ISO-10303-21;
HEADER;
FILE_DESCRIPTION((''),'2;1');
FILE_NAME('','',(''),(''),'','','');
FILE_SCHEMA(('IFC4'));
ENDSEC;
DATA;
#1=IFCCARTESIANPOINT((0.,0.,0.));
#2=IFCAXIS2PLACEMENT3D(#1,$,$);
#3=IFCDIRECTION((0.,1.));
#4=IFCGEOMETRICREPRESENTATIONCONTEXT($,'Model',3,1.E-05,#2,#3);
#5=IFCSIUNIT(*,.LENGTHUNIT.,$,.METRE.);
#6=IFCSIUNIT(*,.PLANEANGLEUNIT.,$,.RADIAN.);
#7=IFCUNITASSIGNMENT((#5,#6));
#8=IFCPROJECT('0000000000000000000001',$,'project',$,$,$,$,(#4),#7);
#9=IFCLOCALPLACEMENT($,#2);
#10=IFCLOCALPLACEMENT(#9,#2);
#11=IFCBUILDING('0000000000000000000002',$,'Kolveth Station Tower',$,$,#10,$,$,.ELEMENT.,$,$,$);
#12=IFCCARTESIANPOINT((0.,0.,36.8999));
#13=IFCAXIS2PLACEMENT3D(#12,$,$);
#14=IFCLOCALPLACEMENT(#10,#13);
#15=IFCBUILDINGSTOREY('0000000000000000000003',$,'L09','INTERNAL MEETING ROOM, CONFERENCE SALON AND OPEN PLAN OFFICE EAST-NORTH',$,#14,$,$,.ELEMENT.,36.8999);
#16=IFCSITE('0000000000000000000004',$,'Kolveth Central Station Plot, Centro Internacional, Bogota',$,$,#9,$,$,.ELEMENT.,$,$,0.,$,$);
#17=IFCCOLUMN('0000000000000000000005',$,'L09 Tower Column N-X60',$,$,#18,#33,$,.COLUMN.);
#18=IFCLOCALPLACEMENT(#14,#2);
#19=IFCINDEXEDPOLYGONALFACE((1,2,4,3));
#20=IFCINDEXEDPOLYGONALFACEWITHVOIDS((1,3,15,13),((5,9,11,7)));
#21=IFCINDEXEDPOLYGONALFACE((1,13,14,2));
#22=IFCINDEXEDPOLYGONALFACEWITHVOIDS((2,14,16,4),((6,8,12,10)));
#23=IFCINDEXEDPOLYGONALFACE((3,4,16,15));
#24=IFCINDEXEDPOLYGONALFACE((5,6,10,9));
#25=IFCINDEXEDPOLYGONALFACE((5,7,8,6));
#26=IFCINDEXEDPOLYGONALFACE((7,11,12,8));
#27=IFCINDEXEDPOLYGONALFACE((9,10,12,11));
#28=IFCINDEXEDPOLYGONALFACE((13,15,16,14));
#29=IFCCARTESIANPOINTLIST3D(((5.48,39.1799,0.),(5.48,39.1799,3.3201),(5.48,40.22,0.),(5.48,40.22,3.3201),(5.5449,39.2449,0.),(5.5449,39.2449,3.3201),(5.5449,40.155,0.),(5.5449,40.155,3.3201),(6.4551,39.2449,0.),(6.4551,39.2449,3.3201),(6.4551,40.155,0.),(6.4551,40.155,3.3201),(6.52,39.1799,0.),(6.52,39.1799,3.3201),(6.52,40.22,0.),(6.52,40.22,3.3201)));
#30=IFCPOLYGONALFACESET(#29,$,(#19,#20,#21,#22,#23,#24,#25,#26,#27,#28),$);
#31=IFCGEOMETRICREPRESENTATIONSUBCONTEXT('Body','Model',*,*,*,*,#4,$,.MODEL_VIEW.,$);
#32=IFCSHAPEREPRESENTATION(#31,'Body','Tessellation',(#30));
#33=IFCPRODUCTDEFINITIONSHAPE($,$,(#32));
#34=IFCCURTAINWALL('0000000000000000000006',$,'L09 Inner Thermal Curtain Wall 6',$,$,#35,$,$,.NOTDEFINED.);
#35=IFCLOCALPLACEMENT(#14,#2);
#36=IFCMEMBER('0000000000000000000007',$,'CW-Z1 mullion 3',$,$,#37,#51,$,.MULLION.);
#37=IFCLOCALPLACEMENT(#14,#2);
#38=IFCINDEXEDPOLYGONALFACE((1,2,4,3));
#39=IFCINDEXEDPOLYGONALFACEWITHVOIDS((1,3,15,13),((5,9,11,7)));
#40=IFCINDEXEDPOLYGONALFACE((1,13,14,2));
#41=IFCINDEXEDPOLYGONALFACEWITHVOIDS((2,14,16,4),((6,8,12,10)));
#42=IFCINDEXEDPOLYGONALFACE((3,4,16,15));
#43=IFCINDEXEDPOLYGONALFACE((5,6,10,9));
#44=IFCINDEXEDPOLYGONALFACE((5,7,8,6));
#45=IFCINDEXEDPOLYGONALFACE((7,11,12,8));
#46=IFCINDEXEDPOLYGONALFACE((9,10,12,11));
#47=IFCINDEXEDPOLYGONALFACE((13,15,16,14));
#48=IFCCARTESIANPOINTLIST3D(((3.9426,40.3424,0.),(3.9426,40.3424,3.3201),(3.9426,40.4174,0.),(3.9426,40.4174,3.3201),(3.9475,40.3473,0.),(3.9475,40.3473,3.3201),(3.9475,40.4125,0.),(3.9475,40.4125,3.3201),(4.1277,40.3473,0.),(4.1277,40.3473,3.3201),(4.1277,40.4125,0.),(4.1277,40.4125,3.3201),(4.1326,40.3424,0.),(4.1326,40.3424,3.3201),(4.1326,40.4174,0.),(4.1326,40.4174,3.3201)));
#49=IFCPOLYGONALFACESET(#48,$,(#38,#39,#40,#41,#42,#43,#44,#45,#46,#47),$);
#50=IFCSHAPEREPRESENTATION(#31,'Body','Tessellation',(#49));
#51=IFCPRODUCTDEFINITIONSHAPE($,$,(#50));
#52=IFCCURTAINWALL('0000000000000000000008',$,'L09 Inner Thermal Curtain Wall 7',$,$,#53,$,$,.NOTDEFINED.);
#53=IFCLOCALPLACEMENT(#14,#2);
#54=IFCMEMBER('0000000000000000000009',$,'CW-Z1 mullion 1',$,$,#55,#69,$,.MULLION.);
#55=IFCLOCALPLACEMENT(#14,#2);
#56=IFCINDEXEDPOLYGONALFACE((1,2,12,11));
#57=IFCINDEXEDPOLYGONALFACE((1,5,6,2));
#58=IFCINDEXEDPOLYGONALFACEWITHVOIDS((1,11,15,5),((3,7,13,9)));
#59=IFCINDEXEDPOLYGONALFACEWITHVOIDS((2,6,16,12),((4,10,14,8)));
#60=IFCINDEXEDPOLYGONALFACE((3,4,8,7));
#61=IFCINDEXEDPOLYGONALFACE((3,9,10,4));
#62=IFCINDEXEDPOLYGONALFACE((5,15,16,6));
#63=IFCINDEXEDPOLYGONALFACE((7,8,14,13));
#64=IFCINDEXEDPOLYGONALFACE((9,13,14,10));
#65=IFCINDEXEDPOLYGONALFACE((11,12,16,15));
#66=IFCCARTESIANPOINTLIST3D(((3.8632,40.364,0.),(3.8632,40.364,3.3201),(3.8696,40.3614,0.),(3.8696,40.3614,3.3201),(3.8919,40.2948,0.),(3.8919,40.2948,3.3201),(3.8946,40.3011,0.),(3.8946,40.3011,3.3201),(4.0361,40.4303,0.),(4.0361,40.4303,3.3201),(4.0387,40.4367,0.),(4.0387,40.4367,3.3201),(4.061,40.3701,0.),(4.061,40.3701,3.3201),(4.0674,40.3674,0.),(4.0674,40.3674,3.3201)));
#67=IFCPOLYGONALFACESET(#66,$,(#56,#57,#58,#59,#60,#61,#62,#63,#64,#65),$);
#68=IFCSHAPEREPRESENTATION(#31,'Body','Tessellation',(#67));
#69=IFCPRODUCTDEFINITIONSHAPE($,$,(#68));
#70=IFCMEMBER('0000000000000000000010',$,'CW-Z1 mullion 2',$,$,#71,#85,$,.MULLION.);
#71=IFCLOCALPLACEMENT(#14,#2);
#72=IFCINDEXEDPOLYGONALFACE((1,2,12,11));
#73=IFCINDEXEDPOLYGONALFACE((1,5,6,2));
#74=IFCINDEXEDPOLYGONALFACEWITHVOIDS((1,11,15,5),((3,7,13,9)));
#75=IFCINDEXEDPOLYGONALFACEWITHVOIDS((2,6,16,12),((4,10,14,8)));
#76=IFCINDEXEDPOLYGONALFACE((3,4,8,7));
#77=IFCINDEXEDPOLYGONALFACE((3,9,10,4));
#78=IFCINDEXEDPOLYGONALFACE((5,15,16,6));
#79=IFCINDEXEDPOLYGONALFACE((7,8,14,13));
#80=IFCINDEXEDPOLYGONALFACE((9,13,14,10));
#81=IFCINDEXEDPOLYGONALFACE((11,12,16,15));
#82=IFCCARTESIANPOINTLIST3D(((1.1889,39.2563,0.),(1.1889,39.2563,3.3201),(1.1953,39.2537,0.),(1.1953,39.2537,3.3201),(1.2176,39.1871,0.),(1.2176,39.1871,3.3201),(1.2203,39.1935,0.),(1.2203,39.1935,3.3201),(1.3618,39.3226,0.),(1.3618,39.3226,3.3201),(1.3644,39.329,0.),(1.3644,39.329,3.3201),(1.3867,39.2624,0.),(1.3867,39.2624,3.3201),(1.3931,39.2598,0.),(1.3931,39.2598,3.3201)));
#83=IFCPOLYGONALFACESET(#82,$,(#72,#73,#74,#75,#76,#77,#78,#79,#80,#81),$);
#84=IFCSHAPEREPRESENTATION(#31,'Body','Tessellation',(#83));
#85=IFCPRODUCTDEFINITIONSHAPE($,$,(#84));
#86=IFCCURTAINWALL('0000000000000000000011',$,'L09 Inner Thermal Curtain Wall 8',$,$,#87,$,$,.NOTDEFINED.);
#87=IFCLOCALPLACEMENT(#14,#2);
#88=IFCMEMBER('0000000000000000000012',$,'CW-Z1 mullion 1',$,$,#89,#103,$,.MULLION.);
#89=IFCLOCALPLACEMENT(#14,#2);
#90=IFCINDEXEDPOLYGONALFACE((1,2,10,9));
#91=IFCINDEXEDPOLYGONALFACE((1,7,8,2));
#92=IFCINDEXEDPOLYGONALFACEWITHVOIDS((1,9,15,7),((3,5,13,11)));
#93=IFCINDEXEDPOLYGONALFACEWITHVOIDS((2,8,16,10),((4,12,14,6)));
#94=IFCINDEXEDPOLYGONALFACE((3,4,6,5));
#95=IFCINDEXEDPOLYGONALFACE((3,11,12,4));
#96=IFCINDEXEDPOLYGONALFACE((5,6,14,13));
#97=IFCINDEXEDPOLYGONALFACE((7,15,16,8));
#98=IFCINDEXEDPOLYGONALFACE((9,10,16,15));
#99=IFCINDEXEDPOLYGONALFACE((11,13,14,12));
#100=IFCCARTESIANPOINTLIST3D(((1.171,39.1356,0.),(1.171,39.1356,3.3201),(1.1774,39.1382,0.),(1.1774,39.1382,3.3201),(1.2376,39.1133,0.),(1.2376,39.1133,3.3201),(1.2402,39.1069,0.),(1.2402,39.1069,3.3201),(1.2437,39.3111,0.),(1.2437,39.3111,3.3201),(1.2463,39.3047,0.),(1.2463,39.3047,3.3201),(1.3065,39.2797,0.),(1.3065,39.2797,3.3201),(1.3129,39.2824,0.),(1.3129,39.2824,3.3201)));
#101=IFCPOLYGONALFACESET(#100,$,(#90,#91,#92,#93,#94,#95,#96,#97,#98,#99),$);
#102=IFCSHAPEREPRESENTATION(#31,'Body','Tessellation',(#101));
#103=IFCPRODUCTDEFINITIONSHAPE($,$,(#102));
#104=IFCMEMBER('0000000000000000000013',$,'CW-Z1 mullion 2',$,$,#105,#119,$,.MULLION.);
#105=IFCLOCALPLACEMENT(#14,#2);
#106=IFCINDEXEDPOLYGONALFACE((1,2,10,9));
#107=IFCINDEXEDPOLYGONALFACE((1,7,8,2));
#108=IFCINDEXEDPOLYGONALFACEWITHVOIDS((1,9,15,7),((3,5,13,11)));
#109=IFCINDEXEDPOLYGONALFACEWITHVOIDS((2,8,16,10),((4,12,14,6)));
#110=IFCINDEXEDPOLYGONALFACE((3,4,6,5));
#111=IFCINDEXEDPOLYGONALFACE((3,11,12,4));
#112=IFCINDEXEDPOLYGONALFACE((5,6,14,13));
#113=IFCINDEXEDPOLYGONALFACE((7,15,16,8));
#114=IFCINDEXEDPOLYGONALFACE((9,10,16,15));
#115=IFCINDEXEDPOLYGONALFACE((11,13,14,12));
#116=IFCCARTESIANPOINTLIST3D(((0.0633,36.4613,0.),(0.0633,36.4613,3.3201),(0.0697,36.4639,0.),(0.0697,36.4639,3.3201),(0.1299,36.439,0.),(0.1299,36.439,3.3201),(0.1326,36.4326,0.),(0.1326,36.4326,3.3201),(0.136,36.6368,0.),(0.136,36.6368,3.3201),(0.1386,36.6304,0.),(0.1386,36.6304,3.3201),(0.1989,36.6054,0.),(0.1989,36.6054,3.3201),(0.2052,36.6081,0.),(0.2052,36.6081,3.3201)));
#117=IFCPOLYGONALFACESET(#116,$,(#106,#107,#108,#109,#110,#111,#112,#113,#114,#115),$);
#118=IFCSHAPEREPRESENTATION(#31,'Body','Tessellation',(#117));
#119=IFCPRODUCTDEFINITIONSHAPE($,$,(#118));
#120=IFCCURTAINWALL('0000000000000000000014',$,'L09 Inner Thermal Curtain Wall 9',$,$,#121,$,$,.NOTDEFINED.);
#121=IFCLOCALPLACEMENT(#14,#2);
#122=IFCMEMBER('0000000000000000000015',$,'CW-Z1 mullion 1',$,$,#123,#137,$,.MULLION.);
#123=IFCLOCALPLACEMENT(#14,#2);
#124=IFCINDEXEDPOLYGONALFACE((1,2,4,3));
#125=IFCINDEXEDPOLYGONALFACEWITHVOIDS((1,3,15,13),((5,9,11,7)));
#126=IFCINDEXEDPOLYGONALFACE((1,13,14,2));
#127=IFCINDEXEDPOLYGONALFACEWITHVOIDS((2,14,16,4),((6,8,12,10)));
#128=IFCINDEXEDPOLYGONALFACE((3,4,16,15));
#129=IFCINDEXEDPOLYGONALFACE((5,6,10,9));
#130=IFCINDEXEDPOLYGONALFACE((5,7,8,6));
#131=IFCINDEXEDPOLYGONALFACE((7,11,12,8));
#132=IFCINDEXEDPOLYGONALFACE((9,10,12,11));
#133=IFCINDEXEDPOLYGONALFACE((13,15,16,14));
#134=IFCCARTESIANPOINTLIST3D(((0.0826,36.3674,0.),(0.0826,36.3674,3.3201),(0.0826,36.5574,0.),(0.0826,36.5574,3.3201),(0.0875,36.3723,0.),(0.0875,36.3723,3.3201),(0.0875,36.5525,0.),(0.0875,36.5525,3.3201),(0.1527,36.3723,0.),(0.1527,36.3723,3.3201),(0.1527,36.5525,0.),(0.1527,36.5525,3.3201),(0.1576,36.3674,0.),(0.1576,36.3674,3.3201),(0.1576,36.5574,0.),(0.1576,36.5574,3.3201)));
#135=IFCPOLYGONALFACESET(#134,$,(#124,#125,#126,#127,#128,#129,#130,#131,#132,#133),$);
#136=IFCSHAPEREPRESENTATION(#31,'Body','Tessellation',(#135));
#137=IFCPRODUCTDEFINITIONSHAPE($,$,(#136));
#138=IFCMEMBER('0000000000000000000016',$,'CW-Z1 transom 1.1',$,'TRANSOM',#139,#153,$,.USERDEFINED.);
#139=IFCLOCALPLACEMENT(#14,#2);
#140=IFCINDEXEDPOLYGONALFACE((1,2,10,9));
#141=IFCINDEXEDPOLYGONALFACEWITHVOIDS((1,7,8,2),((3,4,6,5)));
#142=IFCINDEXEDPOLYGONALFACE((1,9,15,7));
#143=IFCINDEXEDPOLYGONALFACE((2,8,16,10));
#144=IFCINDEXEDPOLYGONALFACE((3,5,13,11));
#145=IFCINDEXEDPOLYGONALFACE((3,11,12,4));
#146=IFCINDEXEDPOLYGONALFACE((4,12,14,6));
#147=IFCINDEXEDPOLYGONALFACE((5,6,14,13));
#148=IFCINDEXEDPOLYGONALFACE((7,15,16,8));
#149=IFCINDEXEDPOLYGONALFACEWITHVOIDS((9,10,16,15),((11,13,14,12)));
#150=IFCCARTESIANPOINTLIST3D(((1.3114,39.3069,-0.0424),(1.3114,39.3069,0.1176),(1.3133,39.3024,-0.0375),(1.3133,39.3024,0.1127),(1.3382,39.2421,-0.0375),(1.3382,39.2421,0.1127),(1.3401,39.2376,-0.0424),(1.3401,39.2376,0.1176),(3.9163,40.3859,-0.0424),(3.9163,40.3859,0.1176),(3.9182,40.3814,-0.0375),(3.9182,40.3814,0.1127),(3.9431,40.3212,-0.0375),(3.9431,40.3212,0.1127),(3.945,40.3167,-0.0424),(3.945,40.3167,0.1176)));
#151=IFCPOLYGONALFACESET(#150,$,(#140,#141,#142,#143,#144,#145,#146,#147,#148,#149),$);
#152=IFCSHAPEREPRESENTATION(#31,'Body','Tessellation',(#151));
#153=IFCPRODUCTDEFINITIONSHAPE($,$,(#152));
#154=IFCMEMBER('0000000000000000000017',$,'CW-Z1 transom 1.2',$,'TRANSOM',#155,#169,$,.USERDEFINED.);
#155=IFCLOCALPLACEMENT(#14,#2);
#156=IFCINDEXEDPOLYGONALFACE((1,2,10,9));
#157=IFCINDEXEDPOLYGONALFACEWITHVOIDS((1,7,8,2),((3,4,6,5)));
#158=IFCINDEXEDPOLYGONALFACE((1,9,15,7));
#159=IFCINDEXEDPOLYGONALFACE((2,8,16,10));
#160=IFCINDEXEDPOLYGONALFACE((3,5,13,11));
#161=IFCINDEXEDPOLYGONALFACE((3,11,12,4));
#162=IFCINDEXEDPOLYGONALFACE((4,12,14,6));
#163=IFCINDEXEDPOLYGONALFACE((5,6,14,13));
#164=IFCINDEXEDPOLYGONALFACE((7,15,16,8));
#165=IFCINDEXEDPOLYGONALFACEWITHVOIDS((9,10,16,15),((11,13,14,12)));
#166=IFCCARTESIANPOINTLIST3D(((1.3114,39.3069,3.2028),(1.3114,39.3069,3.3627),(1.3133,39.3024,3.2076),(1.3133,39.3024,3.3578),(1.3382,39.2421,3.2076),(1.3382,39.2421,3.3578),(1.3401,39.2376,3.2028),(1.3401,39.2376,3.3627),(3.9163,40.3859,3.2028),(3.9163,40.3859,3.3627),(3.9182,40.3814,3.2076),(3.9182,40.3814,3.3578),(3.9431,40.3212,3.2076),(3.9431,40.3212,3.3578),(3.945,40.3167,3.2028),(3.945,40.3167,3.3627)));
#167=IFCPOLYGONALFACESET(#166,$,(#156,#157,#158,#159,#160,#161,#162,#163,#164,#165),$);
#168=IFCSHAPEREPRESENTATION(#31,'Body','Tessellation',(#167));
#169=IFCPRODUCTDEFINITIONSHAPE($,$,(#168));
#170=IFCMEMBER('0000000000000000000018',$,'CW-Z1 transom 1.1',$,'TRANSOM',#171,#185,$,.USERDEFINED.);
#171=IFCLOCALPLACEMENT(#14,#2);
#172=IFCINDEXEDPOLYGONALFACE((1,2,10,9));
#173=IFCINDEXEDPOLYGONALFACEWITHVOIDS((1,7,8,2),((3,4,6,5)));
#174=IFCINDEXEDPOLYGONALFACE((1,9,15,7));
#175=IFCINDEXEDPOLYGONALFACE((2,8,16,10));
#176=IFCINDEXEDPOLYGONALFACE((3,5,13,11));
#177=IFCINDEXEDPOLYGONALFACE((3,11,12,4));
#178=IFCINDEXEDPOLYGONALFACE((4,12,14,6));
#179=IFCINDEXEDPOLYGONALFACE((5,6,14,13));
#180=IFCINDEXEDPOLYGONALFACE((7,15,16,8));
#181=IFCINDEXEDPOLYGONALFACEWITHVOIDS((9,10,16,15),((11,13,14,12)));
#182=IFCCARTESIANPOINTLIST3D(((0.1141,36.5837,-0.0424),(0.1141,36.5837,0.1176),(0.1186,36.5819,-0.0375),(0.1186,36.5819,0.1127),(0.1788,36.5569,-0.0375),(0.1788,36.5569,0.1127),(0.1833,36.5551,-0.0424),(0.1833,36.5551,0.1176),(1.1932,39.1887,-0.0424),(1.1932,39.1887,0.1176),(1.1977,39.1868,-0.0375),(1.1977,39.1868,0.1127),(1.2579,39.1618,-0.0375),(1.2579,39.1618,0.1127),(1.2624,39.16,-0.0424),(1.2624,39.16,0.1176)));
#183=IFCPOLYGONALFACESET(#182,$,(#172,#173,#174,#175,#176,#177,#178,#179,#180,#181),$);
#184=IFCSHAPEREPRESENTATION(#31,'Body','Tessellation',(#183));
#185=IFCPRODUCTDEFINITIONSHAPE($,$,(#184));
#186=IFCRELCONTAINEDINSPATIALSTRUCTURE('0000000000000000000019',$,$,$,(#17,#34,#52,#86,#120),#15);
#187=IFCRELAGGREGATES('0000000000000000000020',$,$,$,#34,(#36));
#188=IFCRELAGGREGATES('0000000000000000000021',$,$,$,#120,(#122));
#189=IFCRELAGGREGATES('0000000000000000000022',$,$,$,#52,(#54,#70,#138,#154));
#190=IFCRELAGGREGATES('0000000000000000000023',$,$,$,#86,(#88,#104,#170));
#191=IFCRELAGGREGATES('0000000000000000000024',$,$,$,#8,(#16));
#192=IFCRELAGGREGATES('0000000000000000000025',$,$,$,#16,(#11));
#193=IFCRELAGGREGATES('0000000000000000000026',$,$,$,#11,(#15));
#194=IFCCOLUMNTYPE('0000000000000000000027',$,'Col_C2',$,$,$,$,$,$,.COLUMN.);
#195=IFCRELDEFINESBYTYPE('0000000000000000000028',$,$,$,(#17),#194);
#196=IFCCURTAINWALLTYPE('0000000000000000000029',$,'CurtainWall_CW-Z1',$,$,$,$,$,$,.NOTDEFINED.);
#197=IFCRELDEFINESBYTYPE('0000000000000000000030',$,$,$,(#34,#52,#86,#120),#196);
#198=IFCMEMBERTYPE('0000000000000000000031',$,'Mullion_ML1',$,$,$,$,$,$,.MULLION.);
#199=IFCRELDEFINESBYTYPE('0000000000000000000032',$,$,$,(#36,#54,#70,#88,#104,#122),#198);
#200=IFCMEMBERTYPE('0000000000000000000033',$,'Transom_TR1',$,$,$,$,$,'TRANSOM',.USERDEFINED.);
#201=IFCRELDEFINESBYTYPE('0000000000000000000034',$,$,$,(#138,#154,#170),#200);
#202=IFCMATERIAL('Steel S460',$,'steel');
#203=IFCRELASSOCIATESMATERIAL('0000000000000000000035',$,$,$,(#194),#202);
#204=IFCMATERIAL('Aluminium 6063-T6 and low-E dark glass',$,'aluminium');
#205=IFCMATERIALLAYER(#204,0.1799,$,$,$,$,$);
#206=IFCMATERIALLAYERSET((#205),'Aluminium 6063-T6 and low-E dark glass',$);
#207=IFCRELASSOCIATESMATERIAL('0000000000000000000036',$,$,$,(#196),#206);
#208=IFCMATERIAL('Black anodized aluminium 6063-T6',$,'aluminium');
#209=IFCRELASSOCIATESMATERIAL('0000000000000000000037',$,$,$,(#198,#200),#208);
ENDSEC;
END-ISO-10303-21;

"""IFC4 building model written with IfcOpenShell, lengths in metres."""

from ifc_helpers import new_model, si_unit, direction, frame, origin, origin_2d, place, context, subcontext, project, spatial, hollow_rectangle, extrude, source, transform, mapped, material, layer, layer_set, material_profile, profile_set, type_object, element, aggregate, save


model = new_model("IFC4")

# Units and contexts
model_context = context("Model", 3, precision=1e-05, world=origin(), true_north=direction((0.0, 1.0)))
body_context = subcontext(model_context, "Body", "Model", "MODEL_VIEW")
ifc_project = project(units=[si_unit("LENGTHUNIT", "METRE"), si_unit("PLANEANGLEUNIT", "RADIAN")], contexts=[model_context])

# Site, building, storey
site_placement = place(None, origin())
site = spatial("IfcSite", under=ifc_project, at=site_placement, Name="Kolveth Central Station Plot, Centro Internacional, Bogota", CompositionType="ELEMENT", RefElevation=0.0)
building_placement = place(site_placement, origin())
building = spatial("IfcBuilding", under=site, at=building_placement, Name="Kolveth Station Tower", CompositionType="ELEMENT")
storey_placement = place(building_placement, frame((0.0, 0.0, 36.8999)))
storey = spatial("IfcBuildingStorey", under=building, at=storey_placement, Name="L09", Description="INTERNAL MEETING ROOM, CONFERENCE SALON AND OPEN PLAN OFFICE EAST-NORTH", CompositionType="ELEMENT", Elevation=36.8999)

# Column
ifc_material_1 = material(Name="Steel S460", Category="steel")
ifc_material_profile_1 = material_profile(ifc_material_1, hollow_rectangle(XDim=1.04, YDim=1.04, WallThickness=0.0649, at=origin_2d()), Name="BOX1040x1040x65")
ifc_profile_set_1 = profile_set([ifc_material_profile_1], Name="Steel S460")
column_type = type_object("IfcColumnType", Name="Col_C2", PredefinedType="COLUMN", material=ifc_profile_set_1)
shared_shape_1 = source(origin(), body_context, "Body", "SweptSolid", [
    extrude(hollow_rectangle(XDim=1.04, YDim=1.04, WallThickness=0.0649, at=origin_2d()), origin(), (0.0, 0.0, 1.0), 3.3201),
])
column_placement = place(storey_placement, frame((6.0, 39.7, 0.0), z_axis=(0.0, 0.0, 1.0), x_axis=(1.0, 0.0, 0.0)))
element("IfcColumn", 1, at=column_placement, inside=storey, type_object=column_type, Name="L09 Tower Column N-X60", PredefinedType="COLUMN", context=body_context, shape_type="MappedRepresentation", body=[
    mapped(shared_shape_1, transform((0.0, 0.0, 0.0), x_axis=(1.0, 0.0, 0.0), y_axis=(0.0, 1.0, 0.0), z_axis=(0.0, 0.0, 1.0), scale=1.0)),
])

# Curtain wall, member
ifc_material_2 = material(Name="Aluminium 6063-T6 and low-E dark glass", Category="aluminium")
ifc_layer_1 = layer(ifc_material_2, 0.1799)
ifc_layer_set_1 = layer_set([ifc_layer_1], Name="Aluminium 6063-T6 and low-E dark glass")
curtain_wall_type_1 = type_object("IfcCurtainWallType", Name="CurtainWall_CW-Z1", PredefinedType="NOTDEFINED", material=ifc_layer_set_1)
curtain_wall_1_placement = place(storey_placement, origin())
curtain_wall_1 = element("IfcCurtainWall", 2, at=curtain_wall_1_placement, inside=storey, type_object=curtain_wall_type_1, Name="L09 Inner Thermal Curtain Wall 6", PredefinedType="NOTDEFINED")
ifc_material_3 = material(Name="Black anodized aluminium 6063-T6", Category="aluminium")
ifc_material_profile_2 = material_profile(ifc_material_3, hollow_rectangle(XDim=0.075, YDim=0.1899, WallThickness=0.0049, at=origin_2d()), Name="ALU-75x190x5")
ifc_profile_set_2 = profile_set([ifc_material_profile_2], Name="Black anodized aluminium 6063-T6")
member_type_1 = type_object("IfcMemberType", Name="Mullion_ML1", PredefinedType="MULLION", material=ifc_profile_set_2)
shared_shape_2 = source(origin(), body_context, "Body", "SweptSolid", [
    extrude(hollow_rectangle(XDim=0.075, YDim=0.1899, WallThickness=0.0049, at=origin_2d()), origin(), (0.0, 0.0, 1.0), 3.3201),
])
member_1_placement = place(storey_placement, frame((4.0376, 40.3799, 0.0), z_axis=(0.0, 0.0, 1.0), x_axis=(0.0, -1.0, 0.0)))
member_1 = element("IfcMember", 3, at=member_1_placement, type_object=member_type_1, Name="CW-Z1 mullion 3", PredefinedType="MULLION", context=body_context, shape_type="MappedRepresentation", body=[
    mapped(shared_shape_2, transform((0.0, 0.0, 0.0), x_axis=(1.0, 0.0, 0.0), y_axis=(0.0, 1.0, 0.0), z_axis=(0.0, 0.0, 1.0), scale=1.0)),
])
aggregate(curtain_wall_1, [member_1])

# Curtain walls, members
curtain_wall_2_placement = place(storey_placement, origin())
curtain_wall_2 = element("IfcCurtainWall", 4, at=curtain_wall_2_placement, inside=storey, type_object=curtain_wall_type_1, Name="L09 Inner Thermal Curtain Wall 7", PredefinedType="NOTDEFINED")
member_2_placement = place(storey_placement, frame((3.9653, 40.3657, 0.0), z_axis=(0.0, 0.0, 1.0), x_axis=(0.382673, -0.923884, 0.0)))
member_2 = element("IfcMember", 5, at=member_2_placement, type_object=member_type_1, Name="CW-Z1 mullion 1", PredefinedType="MULLION", context=body_context, shape_type="MappedRepresentation", body=[
    mapped(shared_shape_2, transform((0.0, 0.0, 0.0), x_axis=(1.0, 0.0, 0.0), y_axis=(0.0, 1.0, 0.0), z_axis=(0.0, 0.0, 1.0), scale=1.0)),
])
member_3_placement = place(storey_placement, frame((1.291, 39.2581, 0.0), z_axis=(0.0, 0.0, 1.0), x_axis=(0.382673, -0.923884, 0.0)))
member_3 = element("IfcMember", 6, at=member_3_placement, type_object=member_type_1, Name="CW-Z1 mullion 2", PredefinedType="MULLION", context=body_context, shape_type="MappedRepresentation", body=[
    mapped(shared_shape_2, transform((0.0, 0.0, 0.0), x_axis=(1.0, 0.0, 0.0), y_axis=(0.0, 1.0, 0.0), z_axis=(0.0, 0.0, 1.0), scale=1.0)),
])
curtain_wall_3_placement = place(storey_placement, origin())
curtain_wall_3 = element("IfcCurtainWall", 7, at=curtain_wall_3_placement, inside=storey, type_object=curtain_wall_type_1, Name="L09 Inner Thermal Curtain Wall 8", PredefinedType="NOTDEFINED")
member_4_placement = place(storey_placement, frame((1.2419, 39.209, 0.0), z_axis=(0.0, 0.0, 1.0), x_axis=(0.923884, -0.382673, 0.0)))
member_4 = element("IfcMember", 8, at=member_4_placement, type_object=member_type_1, Name="CW-Z1 mullion 1", PredefinedType="MULLION", context=body_context, shape_type="MappedRepresentation", body=[
    mapped(shared_shape_2, transform((0.0, 0.0, 0.0), x_axis=(1.0, 0.0, 0.0), y_axis=(0.0, 1.0, 0.0), z_axis=(0.0, 0.0, 1.0), scale=1.0)),
])
member_5_placement = place(storey_placement, frame((0.1343, 36.5347, 0.0), z_axis=(0.0, 0.0, 1.0), x_axis=(0.923884, -0.382673, 0.0)))
member_5 = element("IfcMember", 9, at=member_5_placement, type_object=member_type_1, Name="CW-Z1 mullion 2", PredefinedType="MULLION", context=body_context, shape_type="MappedRepresentation", body=[
    mapped(shared_shape_2, transform((0.0, 0.0, 0.0), x_axis=(1.0, 0.0, 0.0), y_axis=(0.0, 1.0, 0.0), z_axis=(0.0, 0.0, 1.0), scale=1.0)),
])

# Curtain wall, member
curtain_wall_4_placement = place(storey_placement, origin())
curtain_wall_4 = element("IfcCurtainWall", 10, at=curtain_wall_4_placement, inside=storey, type_object=curtain_wall_type_1, Name="L09 Inner Thermal Curtain Wall 9", PredefinedType="NOTDEFINED")
member_6_placement = place(storey_placement, frame((0.1201, 36.4624, 0.0), z_axis=(0.0, 0.0, 1.0), x_axis=(1.0, 0.0, 0.0)))
member_6 = element("IfcMember", 11, at=member_6_placement, type_object=member_type_1, Name="CW-Z1 mullion 1", PredefinedType="MULLION", context=body_context, shape_type="MappedRepresentation", body=[
    mapped(shared_shape_2, transform((0.0, 0.0, 0.0), x_axis=(1.0, 0.0, 0.0), y_axis=(0.0, 1.0, 0.0), z_axis=(0.0, 0.0, 1.0), scale=1.0)),
])
aggregate(curtain_wall_4, [member_6])

# Members
ifc_material_profile_3 = material_profile(ifc_material_3, hollow_rectangle(XDim=0.075, YDim=0.1599, WallThickness=0.0049, at=origin_2d()), Name="ALU-75x160x5")
ifc_profile_set_3 = profile_set([ifc_material_profile_3], Name="Black anodized aluminium 6063-T6")
member_type_2 = type_object("IfcMemberType", Name="Transom_TR1", ElementType="TRANSOM", PredefinedType="USERDEFINED", material=ifc_profile_set_3)
shared_shape_3 = source(origin(), body_context, "Body", "SweptSolid", [
    extrude(hollow_rectangle(XDim=0.075, YDim=0.1599, WallThickness=0.0049, at=origin_2d()), origin(), (0.0, 0.0, 1.0), 2.8196),
])
member_7_placement = place(storey_placement, frame((3.9307, 40.3513, 0.0376), z_axis=(-0.923869, -0.382709, 0.0), x_axis=(0.382709, -0.923869, 0.0)))
member_7 = element("IfcMember", 12, at=member_7_placement, type_object=member_type_2, Name="CW-Z1 transom 1.1", ObjectType="TRANSOM", PredefinedType="USERDEFINED", context=body_context, shape_type="MappedRepresentation", body=[
    mapped(shared_shape_3, transform((0.0, 0.0, 0.0), x_axis=(1.0, 0.0, 0.0), y_axis=(0.0, 1.0, 0.0), z_axis=(0.0, 0.0, 1.0), scale=1.0)),
])
member_8_placement = place(storey_placement, frame((3.9307, 40.3513, 3.2827), z_axis=(-0.923869, -0.382709, 0.0), x_axis=(0.382709, -0.923869, 0.0)))
member_8 = element("IfcMember", 13, at=member_8_placement, type_object=member_type_2, Name="CW-Z1 transom 1.2", ObjectType="TRANSOM", PredefinedType="USERDEFINED", context=body_context, shape_type="MappedRepresentation", body=[
    mapped(shared_shape_3, transform((0.0, 0.0, 0.0), x_axis=(1.0, 0.0, 0.0), y_axis=(0.0, 1.0, 0.0), z_axis=(0.0, 0.0, 1.0), scale=1.0)),
])
member_9_placement = place(storey_placement, frame((1.2278, 39.1743, 0.0376), z_axis=(-0.382709, -0.923869, 0.0), x_axis=(0.923869, -0.382709, 0.0)))
member_9 = element("IfcMember", 14, at=member_9_placement, type_object=member_type_2, Name="CW-Z1 transom 1.1", ObjectType="TRANSOM", PredefinedType="USERDEFINED", context=body_context, shape_type="MappedRepresentation", body=[
    mapped(shared_shape_3, transform((0.0, 0.0, 0.0), x_axis=(1.0, 0.0, 0.0), y_axis=(0.0, 1.0, 0.0), z_axis=(0.0, 0.0, 1.0), scale=1.0)),
])

aggregate(curtain_wall_2, [member_2, member_3, member_7, member_8])
aggregate(curtain_wall_3, [member_4, member_5, member_9])

save(model, "model.ifc")
